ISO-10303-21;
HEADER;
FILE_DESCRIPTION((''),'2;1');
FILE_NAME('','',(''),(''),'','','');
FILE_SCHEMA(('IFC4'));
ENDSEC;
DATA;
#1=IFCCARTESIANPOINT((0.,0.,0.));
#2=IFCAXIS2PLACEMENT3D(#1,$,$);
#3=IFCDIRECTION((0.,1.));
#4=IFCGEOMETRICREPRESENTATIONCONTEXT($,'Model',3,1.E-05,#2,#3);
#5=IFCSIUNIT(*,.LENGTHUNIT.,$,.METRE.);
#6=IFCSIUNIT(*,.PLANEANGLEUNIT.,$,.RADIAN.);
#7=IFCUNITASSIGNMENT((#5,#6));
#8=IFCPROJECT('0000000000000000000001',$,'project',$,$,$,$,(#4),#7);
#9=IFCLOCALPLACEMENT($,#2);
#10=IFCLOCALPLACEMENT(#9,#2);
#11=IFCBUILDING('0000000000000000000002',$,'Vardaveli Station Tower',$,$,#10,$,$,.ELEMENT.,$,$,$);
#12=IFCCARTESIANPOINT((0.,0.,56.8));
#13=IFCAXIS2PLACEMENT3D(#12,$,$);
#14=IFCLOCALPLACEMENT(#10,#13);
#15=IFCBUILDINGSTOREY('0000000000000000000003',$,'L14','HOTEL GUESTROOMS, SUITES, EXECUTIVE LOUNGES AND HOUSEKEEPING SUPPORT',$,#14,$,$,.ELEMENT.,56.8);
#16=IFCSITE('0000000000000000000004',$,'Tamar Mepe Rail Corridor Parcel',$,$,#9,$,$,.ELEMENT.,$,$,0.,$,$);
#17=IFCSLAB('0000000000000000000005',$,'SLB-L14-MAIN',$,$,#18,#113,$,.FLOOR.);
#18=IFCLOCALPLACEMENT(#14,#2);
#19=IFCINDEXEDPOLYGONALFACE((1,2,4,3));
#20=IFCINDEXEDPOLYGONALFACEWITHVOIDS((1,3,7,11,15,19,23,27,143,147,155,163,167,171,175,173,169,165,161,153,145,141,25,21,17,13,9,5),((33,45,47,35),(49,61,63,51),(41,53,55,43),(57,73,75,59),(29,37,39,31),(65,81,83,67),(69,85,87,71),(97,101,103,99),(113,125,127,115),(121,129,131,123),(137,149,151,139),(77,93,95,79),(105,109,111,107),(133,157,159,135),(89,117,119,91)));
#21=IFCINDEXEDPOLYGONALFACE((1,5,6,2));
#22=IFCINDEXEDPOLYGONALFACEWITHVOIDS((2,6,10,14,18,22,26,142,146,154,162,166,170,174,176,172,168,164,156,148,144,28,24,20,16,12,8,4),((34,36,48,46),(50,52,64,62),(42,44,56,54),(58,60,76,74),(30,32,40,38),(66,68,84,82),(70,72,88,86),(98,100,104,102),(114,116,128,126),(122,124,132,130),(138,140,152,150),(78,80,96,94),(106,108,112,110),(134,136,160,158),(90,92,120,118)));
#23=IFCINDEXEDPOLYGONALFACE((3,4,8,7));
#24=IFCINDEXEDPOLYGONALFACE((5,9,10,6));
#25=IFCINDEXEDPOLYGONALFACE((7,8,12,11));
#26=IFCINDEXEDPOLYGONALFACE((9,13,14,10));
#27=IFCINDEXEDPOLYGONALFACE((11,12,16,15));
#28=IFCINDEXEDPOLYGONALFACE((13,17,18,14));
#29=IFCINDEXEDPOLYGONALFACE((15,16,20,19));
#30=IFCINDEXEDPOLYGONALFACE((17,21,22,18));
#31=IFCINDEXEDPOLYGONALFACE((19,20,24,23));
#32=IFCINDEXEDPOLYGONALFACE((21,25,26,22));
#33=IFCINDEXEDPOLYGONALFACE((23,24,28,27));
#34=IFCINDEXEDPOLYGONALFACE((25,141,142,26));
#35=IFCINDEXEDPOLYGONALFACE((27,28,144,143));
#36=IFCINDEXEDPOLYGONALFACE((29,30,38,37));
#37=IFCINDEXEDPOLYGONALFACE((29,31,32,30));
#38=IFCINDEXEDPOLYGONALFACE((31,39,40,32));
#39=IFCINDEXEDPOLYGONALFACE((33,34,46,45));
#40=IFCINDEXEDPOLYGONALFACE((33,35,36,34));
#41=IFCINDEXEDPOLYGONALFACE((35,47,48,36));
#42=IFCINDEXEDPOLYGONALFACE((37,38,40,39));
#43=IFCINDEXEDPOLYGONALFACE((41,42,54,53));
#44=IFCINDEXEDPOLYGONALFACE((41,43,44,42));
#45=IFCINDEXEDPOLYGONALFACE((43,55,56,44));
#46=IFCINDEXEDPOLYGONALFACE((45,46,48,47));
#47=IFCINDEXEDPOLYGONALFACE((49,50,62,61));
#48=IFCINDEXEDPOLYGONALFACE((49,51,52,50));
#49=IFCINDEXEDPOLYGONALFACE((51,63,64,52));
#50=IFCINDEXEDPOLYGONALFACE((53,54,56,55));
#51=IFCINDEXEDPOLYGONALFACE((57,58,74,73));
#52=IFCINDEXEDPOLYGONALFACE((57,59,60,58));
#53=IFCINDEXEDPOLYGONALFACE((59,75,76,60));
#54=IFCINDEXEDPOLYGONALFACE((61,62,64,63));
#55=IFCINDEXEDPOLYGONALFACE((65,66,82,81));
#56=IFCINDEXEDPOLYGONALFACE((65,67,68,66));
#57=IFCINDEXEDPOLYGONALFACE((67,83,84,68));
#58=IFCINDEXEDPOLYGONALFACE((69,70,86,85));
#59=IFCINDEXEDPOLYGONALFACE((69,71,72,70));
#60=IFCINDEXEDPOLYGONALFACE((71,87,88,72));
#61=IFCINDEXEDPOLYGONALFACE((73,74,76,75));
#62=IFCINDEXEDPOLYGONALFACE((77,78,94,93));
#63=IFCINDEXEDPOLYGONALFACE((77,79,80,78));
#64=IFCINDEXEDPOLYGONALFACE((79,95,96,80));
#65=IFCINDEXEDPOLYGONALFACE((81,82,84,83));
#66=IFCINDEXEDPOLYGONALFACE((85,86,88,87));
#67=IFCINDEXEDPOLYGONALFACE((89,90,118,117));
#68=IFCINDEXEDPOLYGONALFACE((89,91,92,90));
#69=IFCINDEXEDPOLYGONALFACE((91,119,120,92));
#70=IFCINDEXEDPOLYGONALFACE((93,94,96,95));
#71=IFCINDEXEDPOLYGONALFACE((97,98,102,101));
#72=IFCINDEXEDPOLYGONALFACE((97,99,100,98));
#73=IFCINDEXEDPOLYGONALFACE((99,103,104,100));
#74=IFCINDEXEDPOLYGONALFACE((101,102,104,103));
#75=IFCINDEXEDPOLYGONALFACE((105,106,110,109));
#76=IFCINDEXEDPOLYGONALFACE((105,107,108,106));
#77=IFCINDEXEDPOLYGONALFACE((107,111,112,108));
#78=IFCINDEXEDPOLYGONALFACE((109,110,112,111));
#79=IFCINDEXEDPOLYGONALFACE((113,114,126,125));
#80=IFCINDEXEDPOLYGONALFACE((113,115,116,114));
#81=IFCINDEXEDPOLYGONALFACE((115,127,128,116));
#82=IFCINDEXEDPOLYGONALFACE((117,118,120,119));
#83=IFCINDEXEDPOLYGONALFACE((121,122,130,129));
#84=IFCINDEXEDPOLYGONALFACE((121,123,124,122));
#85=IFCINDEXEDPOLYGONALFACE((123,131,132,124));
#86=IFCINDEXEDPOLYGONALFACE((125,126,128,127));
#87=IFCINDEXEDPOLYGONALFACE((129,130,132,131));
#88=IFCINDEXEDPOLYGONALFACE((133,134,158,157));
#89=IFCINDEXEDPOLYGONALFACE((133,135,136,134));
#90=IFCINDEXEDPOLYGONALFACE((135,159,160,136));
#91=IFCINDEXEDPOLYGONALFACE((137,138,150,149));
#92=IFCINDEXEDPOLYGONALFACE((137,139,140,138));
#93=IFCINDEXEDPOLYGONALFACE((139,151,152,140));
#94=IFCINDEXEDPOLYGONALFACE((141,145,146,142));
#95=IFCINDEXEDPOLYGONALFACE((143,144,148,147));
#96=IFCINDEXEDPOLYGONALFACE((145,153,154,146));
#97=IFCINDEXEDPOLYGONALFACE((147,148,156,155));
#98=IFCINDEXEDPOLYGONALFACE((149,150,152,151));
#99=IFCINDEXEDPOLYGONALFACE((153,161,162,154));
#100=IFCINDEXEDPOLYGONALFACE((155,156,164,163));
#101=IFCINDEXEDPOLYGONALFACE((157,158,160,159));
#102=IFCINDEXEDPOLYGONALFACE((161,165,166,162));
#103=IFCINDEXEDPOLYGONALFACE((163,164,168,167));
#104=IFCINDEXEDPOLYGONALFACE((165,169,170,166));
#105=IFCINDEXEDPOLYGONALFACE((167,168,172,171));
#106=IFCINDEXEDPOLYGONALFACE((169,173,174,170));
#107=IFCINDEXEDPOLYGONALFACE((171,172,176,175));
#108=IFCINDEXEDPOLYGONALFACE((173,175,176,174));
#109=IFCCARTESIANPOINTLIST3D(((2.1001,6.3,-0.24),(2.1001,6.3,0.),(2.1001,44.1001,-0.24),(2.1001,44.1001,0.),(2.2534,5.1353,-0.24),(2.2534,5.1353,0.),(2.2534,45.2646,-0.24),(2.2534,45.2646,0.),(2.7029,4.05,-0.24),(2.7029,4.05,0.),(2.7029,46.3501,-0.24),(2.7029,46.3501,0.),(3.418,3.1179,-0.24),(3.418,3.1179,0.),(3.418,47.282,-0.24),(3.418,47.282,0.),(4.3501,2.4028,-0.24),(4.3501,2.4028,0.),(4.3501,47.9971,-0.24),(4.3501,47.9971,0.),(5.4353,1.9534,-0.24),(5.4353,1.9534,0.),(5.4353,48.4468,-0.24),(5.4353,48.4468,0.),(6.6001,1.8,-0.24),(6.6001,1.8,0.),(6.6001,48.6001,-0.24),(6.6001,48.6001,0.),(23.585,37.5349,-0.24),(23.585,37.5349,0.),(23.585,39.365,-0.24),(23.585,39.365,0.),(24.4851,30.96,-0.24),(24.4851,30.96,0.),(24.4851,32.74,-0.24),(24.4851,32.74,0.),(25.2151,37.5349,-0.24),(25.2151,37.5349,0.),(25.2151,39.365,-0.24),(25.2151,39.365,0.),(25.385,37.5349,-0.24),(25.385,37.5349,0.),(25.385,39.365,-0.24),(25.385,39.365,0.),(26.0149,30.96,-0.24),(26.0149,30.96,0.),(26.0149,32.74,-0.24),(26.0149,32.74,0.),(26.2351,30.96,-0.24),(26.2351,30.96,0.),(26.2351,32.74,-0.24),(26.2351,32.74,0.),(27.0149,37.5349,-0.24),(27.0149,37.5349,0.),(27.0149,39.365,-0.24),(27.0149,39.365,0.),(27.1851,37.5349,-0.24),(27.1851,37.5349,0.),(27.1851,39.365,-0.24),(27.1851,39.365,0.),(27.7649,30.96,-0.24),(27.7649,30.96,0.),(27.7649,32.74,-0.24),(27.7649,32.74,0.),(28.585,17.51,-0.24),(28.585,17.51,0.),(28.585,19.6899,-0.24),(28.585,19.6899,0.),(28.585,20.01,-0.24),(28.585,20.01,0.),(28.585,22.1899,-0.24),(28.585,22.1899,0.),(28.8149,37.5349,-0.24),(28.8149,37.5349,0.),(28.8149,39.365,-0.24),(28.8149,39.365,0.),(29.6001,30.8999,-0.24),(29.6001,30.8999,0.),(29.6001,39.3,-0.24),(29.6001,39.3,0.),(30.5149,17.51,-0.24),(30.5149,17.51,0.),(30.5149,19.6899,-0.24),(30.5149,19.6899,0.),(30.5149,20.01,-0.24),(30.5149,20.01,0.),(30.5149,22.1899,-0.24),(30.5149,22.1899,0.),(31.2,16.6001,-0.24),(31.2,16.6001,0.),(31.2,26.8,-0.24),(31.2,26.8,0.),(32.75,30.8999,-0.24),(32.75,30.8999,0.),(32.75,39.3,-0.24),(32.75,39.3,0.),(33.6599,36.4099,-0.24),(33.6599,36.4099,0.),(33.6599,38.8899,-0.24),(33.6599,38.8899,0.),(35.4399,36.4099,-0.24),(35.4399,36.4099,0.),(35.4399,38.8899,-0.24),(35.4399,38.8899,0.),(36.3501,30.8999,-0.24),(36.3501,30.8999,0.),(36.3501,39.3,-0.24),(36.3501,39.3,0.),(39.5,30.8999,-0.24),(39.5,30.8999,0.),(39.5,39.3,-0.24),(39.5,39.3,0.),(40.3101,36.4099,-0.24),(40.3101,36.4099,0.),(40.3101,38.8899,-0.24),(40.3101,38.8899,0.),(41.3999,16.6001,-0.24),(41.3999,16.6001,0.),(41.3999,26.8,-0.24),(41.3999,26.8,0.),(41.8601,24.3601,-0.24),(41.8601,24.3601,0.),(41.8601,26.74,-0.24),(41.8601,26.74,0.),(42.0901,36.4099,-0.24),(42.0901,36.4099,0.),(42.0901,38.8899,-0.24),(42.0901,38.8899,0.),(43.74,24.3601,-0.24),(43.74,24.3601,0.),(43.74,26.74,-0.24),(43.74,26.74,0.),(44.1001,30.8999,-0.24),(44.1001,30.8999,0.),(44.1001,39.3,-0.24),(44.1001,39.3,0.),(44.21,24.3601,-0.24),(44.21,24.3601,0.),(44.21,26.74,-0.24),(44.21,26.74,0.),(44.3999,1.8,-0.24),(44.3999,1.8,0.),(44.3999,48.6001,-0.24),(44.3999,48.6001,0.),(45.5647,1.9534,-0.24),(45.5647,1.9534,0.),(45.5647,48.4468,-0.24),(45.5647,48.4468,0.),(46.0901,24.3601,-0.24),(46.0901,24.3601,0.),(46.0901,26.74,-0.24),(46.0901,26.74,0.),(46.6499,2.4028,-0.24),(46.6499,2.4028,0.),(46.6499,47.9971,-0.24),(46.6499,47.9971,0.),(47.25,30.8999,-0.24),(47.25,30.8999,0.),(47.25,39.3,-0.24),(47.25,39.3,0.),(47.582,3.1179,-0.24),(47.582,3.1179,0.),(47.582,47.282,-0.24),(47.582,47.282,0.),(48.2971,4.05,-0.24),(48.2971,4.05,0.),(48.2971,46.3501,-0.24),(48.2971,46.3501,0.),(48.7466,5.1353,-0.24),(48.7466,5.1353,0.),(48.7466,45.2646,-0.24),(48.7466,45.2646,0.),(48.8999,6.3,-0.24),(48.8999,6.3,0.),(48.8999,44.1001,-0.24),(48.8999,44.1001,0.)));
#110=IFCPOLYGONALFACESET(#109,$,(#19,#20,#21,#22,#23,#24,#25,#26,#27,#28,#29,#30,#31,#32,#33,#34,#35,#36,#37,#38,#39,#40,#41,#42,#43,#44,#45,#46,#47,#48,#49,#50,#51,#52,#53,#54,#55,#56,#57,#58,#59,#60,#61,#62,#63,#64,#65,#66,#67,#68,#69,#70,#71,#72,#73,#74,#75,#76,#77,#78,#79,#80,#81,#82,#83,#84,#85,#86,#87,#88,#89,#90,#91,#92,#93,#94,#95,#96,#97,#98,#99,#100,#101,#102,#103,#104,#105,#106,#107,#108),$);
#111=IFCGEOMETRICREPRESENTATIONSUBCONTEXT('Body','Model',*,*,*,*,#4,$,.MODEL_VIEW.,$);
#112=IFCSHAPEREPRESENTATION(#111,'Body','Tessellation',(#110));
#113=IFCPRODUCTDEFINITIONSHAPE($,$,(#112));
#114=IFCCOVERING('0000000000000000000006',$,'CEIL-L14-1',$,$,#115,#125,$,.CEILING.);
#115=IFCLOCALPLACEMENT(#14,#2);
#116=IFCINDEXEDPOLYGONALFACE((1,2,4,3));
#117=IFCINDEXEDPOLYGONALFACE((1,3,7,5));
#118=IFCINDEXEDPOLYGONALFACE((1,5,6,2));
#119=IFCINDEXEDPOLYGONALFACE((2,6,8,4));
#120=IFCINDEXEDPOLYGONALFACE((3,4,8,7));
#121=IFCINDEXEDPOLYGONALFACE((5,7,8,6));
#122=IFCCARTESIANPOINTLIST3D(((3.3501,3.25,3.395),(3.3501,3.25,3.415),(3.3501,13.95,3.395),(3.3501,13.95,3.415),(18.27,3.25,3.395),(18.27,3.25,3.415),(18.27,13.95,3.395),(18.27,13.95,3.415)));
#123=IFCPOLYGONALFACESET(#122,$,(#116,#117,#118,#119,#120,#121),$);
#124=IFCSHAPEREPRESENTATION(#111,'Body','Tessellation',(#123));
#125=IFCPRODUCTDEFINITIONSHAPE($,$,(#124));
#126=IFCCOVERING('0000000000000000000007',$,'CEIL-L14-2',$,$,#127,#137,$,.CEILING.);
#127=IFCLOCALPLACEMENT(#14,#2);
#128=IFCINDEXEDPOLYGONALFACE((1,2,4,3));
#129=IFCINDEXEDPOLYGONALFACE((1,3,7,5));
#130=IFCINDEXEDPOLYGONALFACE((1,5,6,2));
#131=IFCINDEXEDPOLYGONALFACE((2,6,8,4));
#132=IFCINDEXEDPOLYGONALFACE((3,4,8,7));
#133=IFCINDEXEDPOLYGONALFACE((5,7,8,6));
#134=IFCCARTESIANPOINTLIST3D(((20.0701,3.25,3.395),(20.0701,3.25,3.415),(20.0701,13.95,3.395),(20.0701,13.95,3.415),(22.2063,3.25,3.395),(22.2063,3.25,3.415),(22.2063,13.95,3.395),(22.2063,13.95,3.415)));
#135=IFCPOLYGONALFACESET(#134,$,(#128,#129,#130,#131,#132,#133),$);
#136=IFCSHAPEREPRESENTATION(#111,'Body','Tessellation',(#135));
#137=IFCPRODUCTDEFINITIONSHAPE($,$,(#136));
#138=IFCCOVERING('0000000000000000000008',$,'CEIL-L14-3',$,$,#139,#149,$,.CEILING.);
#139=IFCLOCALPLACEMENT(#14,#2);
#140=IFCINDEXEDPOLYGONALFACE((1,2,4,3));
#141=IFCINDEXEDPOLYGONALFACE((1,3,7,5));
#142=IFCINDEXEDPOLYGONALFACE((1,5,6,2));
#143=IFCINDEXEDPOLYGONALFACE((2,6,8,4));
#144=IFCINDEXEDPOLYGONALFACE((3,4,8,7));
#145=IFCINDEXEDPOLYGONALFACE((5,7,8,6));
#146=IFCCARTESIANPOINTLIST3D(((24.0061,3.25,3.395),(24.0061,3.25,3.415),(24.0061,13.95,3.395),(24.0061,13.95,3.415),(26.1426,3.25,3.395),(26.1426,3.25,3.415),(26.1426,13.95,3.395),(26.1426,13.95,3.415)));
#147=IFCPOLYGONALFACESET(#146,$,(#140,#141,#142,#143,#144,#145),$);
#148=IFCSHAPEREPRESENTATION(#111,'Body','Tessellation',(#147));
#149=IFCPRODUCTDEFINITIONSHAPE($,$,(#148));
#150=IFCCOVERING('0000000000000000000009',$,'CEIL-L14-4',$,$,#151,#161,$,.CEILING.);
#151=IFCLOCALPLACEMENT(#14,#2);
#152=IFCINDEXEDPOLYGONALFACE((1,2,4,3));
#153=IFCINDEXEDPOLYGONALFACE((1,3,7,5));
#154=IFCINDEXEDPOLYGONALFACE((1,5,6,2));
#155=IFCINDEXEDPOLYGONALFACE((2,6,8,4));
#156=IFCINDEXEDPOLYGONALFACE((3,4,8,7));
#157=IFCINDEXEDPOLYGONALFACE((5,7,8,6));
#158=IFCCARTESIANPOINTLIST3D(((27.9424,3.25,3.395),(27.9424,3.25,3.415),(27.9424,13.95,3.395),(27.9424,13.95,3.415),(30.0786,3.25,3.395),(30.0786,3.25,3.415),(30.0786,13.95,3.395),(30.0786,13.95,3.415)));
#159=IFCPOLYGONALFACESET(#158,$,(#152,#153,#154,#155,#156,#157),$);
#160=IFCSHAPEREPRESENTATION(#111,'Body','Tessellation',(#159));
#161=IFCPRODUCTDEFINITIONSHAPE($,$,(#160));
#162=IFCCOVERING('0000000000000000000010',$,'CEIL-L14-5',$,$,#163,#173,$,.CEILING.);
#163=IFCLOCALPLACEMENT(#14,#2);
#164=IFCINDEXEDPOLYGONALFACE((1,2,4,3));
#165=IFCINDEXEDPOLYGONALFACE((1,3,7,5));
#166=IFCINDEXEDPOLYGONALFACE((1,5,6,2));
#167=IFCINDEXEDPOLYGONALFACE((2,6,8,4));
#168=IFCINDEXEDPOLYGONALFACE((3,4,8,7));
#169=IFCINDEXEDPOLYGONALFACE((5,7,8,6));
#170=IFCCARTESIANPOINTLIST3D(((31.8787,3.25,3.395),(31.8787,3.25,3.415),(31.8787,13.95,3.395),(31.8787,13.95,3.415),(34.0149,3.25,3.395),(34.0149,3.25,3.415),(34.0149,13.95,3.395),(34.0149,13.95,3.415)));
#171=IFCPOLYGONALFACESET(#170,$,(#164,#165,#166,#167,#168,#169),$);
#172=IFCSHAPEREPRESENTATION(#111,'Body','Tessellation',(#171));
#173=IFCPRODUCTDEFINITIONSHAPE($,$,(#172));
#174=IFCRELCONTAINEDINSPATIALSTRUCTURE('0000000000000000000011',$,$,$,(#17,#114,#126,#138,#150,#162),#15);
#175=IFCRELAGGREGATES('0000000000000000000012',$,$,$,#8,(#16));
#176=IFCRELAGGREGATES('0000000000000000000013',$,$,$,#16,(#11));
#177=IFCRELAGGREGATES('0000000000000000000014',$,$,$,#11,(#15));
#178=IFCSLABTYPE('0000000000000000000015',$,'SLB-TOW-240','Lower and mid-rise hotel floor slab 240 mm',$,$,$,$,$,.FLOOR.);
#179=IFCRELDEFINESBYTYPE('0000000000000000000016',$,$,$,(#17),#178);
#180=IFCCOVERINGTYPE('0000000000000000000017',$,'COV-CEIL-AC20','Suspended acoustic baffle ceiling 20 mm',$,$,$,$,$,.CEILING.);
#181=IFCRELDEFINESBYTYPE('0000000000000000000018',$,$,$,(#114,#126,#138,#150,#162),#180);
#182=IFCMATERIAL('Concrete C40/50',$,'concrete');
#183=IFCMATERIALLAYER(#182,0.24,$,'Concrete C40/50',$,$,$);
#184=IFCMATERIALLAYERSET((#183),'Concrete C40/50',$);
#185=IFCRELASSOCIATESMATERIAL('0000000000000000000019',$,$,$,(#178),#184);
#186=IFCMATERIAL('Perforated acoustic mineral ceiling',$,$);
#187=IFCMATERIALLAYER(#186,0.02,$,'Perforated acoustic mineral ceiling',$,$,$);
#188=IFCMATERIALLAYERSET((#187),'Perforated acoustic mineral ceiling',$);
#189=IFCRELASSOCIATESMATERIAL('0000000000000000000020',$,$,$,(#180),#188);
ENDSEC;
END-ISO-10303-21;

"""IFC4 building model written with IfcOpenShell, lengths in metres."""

from ifc_helpers import new_model, si_unit, direction, frame, origin, place, context, subcontext, project, spatial, polyline, outline, extrude, material, layer, layer_set, type_object, element, save


model = new_model("IFC4")

# Units and contexts
model_context = context("Model", 3, precision=1e-05, world=origin(), true_north=direction((0.0, 1.0)))
body_context = subcontext(model_context, "Body", "Model", "MODEL_VIEW")
ifc_project = project(units=[si_unit("LENGTHUNIT", "METRE"), si_unit("PLANEANGLEUNIT", "RADIAN")], contexts=[model_context])

# Site, building, storey
site_placement = place(None, origin())
site = spatial("IfcSite", under=ifc_project, at=site_placement, Name="Tamar Mepe Rail Corridor Parcel", CompositionType="ELEMENT", RefElevation=0.0)
building_placement = place(site_placement, origin())
building = spatial("IfcBuilding", under=site, at=building_placement, Name="Vardaveli Station Tower", CompositionType="ELEMENT")
storey_placement = place(building_placement, frame((0.0, 0.0, 56.8)))
storey = spatial("IfcBuildingStorey", under=building, at=storey_placement, Name="L14", Description="HOTEL GUESTROOMS, SUITES, EXECUTIVE LOUNGES AND HOUSEKEEPING SUPPORT", CompositionType="ELEMENT", Elevation=56.8)

# Shared definitions
ifc_material_1 = material(Name="Concrete C40/50", Category="concrete")

# Slab
ifc_layer_1 = layer(ifc_material_1, 0.24, Name="Concrete C40/50")
ifc_layer_set_1 = layer_set([ifc_layer_1], Name="Concrete C40/50")
slab_type_1 = type_object("IfcSlabType", Name="SLB-TOW-240", Description="Lower and mid-rise hotel floor slab 240 mm", PredefinedType="FLOOR", material=ifc_layer_set_1)
slab_1_placement = place(storey_placement, frame((0.0, 0.0, -0.24)))
element("IfcSlab", 1, at=slab_1_placement, inside=storey, type_object=slab_type_1, Name="SLB-L14-MAIN", PredefinedType="FLOOR", context=body_context, shape_type="SweptSolid", body=[
    extrude(outline(polyline([(2.1001, 6.3), (2.2534, 5.1353), (2.7029, 4.05), (3.418, 3.1179), (4.3501, 2.4028), (5.4353, 1.9534), (6.6001, 1.8), (44.3999, 1.8), (45.5647, 1.9534), (46.6499, 2.4028), (47.582, 3.1179), (48.2971, 4.05), (48.7466, 5.1353), (48.8999, 6.3), (48.8999, 44.1001), (48.7466, 45.2646), (48.2971, 46.3501), (47.582, 47.282), (46.6499, 47.9971), (45.5647, 48.4468), (44.3999, 48.6001), (6.6001, 48.6001), (5.4353, 48.4468), (4.3501, 47.9971), (3.418, 47.282), (2.7029, 46.3501), (2.2534, 45.2646), (2.1001, 44.1001), (2.1001, 6.3)]), holes=[polyline([(31.2, 16.6001), (41.3999, 16.6001), (41.3999, 26.8), (31.2, 26.8), (31.2, 16.6001)]), polyline([(32.75, 30.8999), (32.75, 39.3), (29.6001, 39.3), (29.6001, 30.8999), (32.75, 30.8999)]), polyline([(39.5, 30.8999), (39.5, 39.3), (36.3501, 39.3), (36.3501, 30.8999), (39.5, 30.8999)]), polyline([(47.25, 30.8999), (47.25, 39.3), (44.1001, 39.3), (44.1001, 30.8999), (47.25, 30.8999)]), polyline([(23.585, 37.5349), (25.2151, 37.5349), (25.2151, 39.365), (23.585, 39.365), (23.585, 37.5349)]), polyline([(25.385, 37.5349), (27.0149, 37.5349), (27.0149, 39.365), (25.385, 39.365), (25.385, 37.5349)]), polyline([(27.1851, 37.5349), (28.8149, 37.5349), (28.8149, 39.365), (27.1851, 39.365), (27.1851, 37.5349)]), polyline([(33.6599, 36.4099), (35.4399, 36.4099), (35.4399, 38.8899), (33.6599, 38.8899), (33.6599, 36.4099)]), polyline([(40.3101, 36.4099), (42.0901, 36.4099), (42.0901, 38.8899), (40.3101, 38.8899), (40.3101, 36.4099)]), polyline([(24.4851, 30.96), (26.0149, 30.96), (26.0149, 32.74), (24.4851, 32.74), (24.4851, 30.96)]), polyline([(26.2351, 30.96), (27.7649, 30.96), (27.7649, 32.74), (26.2351, 32.74), (26.2351, 30.96)]), polyline([(28.585, 17.51), (30.5149, 17.51), (30.5149, 19.6899), (28.585, 19.6899), (28.585, 17.51)]), polyline([(28.585, 20.01), (30.5149, 20.01), (30.5149, 22.1899), (28.585, 22.1899), (28.585, 20.01)]), polyline([(41.8601, 24.3601), (43.74, 24.3601), (43.74, 26.74), (41.8601, 26.74), (41.8601, 24.3601)]), polyline([(44.21, 24.3601), (46.0901, 24.3601), (46.0901, 26.74), (44.21, 26.74), (44.21, 24.3601)])]), origin(), (0.0, 0.0, 1.0), 0.24),
])

# Coverings
ifc_material_2 = material(Name="Perforated acoustic mineral ceiling")
ifc_layer_2 = layer(ifc_material_2, 0.02, Name="Perforated acoustic mineral ceiling")
ifc_layer_set_2 = layer_set([ifc_layer_2], Name="Perforated acoustic mineral ceiling")
covering_type_1 = type_object("IfcCoveringType", Name="COV-CEIL-AC20", Description="Suspended acoustic baffle ceiling 20 mm", PredefinedType="CEILING", material=ifc_layer_set_2)
covering_1_placement = place(storey_placement, frame((0.0, 0.0, 3.395)))
element("IfcCovering", 2, at=covering_1_placement, inside=storey, type_object=covering_type_1, Name="CEIL-L14-1", PredefinedType="CEILING", context=body_context, shape_type="SweptSolid", body=[
    extrude(outline(polyline([(3.3501, 3.25), (18.27, 3.25), (18.27, 13.95), (3.3501, 13.95), (3.3501, 3.25)])), origin(), (0.0, 0.0, 1.0), 0.02),
])
covering_2_placement = place(storey_placement, frame((0.0, 0.0, 3.395)))
element("IfcCovering", 3, at=covering_2_placement, inside=storey, type_object=covering_type_1, Name="CEIL-L14-2", PredefinedType="CEILING", context=body_context, shape_type="SweptSolid", body=[
    extrude(outline(polyline([(20.0701, 3.25), (22.2063, 3.25), (22.2063, 13.95), (20.0701, 13.95), (20.0701, 3.25)])), origin(), (0.0, 0.0, 1.0), 0.02),
])
covering_3_placement = place(storey_placement, frame((0.0, 0.0, 3.395)))
element("IfcCovering", 4, at=covering_3_placement, inside=storey, type_object=covering_type_1, Name="CEIL-L14-3", PredefinedType="CEILING", context=body_context, shape_type="SweptSolid", body=[
    extrude(outline(polyline([(24.0061, 3.25), (26.1426, 3.25), (26.1426, 13.95), (24.0061, 13.95), (24.0061, 3.25)])), origin(), (0.0, 0.0, 1.0), 0.02),
])
covering_4_placement = place(storey_placement, frame((0.0, 0.0, 3.395)))
element("IfcCovering", 5, at=covering_4_placement, inside=storey, type_object=covering_type_1, Name="CEIL-L14-4", PredefinedType="CEILING", context=body_context, shape_type="SweptSolid", body=[
    extrude(outline(polyline([(27.9424, 3.25), (30.0786, 3.25), (30.0786, 13.95), (27.9424, 13.95), (27.9424, 3.25)])), origin(), (0.0, 0.0, 1.0), 0.02),
])
covering_5_placement = place(storey_placement, frame((0.0, 0.0, 3.395)))
element("IfcCovering", 6, at=covering_5_placement, inside=storey, type_object=covering_type_1, Name="CEIL-L14-5", PredefinedType="CEILING", context=body_context, shape_type="SweptSolid", body=[
    extrude(outline(polyline([(31.8787, 3.25), (34.0149, 3.25), (34.0149, 13.95), (31.8787, 13.95), (31.8787, 3.25)])), origin(), (0.0, 0.0, 1.0), 0.02),
])

save(model, "model.ifc")
